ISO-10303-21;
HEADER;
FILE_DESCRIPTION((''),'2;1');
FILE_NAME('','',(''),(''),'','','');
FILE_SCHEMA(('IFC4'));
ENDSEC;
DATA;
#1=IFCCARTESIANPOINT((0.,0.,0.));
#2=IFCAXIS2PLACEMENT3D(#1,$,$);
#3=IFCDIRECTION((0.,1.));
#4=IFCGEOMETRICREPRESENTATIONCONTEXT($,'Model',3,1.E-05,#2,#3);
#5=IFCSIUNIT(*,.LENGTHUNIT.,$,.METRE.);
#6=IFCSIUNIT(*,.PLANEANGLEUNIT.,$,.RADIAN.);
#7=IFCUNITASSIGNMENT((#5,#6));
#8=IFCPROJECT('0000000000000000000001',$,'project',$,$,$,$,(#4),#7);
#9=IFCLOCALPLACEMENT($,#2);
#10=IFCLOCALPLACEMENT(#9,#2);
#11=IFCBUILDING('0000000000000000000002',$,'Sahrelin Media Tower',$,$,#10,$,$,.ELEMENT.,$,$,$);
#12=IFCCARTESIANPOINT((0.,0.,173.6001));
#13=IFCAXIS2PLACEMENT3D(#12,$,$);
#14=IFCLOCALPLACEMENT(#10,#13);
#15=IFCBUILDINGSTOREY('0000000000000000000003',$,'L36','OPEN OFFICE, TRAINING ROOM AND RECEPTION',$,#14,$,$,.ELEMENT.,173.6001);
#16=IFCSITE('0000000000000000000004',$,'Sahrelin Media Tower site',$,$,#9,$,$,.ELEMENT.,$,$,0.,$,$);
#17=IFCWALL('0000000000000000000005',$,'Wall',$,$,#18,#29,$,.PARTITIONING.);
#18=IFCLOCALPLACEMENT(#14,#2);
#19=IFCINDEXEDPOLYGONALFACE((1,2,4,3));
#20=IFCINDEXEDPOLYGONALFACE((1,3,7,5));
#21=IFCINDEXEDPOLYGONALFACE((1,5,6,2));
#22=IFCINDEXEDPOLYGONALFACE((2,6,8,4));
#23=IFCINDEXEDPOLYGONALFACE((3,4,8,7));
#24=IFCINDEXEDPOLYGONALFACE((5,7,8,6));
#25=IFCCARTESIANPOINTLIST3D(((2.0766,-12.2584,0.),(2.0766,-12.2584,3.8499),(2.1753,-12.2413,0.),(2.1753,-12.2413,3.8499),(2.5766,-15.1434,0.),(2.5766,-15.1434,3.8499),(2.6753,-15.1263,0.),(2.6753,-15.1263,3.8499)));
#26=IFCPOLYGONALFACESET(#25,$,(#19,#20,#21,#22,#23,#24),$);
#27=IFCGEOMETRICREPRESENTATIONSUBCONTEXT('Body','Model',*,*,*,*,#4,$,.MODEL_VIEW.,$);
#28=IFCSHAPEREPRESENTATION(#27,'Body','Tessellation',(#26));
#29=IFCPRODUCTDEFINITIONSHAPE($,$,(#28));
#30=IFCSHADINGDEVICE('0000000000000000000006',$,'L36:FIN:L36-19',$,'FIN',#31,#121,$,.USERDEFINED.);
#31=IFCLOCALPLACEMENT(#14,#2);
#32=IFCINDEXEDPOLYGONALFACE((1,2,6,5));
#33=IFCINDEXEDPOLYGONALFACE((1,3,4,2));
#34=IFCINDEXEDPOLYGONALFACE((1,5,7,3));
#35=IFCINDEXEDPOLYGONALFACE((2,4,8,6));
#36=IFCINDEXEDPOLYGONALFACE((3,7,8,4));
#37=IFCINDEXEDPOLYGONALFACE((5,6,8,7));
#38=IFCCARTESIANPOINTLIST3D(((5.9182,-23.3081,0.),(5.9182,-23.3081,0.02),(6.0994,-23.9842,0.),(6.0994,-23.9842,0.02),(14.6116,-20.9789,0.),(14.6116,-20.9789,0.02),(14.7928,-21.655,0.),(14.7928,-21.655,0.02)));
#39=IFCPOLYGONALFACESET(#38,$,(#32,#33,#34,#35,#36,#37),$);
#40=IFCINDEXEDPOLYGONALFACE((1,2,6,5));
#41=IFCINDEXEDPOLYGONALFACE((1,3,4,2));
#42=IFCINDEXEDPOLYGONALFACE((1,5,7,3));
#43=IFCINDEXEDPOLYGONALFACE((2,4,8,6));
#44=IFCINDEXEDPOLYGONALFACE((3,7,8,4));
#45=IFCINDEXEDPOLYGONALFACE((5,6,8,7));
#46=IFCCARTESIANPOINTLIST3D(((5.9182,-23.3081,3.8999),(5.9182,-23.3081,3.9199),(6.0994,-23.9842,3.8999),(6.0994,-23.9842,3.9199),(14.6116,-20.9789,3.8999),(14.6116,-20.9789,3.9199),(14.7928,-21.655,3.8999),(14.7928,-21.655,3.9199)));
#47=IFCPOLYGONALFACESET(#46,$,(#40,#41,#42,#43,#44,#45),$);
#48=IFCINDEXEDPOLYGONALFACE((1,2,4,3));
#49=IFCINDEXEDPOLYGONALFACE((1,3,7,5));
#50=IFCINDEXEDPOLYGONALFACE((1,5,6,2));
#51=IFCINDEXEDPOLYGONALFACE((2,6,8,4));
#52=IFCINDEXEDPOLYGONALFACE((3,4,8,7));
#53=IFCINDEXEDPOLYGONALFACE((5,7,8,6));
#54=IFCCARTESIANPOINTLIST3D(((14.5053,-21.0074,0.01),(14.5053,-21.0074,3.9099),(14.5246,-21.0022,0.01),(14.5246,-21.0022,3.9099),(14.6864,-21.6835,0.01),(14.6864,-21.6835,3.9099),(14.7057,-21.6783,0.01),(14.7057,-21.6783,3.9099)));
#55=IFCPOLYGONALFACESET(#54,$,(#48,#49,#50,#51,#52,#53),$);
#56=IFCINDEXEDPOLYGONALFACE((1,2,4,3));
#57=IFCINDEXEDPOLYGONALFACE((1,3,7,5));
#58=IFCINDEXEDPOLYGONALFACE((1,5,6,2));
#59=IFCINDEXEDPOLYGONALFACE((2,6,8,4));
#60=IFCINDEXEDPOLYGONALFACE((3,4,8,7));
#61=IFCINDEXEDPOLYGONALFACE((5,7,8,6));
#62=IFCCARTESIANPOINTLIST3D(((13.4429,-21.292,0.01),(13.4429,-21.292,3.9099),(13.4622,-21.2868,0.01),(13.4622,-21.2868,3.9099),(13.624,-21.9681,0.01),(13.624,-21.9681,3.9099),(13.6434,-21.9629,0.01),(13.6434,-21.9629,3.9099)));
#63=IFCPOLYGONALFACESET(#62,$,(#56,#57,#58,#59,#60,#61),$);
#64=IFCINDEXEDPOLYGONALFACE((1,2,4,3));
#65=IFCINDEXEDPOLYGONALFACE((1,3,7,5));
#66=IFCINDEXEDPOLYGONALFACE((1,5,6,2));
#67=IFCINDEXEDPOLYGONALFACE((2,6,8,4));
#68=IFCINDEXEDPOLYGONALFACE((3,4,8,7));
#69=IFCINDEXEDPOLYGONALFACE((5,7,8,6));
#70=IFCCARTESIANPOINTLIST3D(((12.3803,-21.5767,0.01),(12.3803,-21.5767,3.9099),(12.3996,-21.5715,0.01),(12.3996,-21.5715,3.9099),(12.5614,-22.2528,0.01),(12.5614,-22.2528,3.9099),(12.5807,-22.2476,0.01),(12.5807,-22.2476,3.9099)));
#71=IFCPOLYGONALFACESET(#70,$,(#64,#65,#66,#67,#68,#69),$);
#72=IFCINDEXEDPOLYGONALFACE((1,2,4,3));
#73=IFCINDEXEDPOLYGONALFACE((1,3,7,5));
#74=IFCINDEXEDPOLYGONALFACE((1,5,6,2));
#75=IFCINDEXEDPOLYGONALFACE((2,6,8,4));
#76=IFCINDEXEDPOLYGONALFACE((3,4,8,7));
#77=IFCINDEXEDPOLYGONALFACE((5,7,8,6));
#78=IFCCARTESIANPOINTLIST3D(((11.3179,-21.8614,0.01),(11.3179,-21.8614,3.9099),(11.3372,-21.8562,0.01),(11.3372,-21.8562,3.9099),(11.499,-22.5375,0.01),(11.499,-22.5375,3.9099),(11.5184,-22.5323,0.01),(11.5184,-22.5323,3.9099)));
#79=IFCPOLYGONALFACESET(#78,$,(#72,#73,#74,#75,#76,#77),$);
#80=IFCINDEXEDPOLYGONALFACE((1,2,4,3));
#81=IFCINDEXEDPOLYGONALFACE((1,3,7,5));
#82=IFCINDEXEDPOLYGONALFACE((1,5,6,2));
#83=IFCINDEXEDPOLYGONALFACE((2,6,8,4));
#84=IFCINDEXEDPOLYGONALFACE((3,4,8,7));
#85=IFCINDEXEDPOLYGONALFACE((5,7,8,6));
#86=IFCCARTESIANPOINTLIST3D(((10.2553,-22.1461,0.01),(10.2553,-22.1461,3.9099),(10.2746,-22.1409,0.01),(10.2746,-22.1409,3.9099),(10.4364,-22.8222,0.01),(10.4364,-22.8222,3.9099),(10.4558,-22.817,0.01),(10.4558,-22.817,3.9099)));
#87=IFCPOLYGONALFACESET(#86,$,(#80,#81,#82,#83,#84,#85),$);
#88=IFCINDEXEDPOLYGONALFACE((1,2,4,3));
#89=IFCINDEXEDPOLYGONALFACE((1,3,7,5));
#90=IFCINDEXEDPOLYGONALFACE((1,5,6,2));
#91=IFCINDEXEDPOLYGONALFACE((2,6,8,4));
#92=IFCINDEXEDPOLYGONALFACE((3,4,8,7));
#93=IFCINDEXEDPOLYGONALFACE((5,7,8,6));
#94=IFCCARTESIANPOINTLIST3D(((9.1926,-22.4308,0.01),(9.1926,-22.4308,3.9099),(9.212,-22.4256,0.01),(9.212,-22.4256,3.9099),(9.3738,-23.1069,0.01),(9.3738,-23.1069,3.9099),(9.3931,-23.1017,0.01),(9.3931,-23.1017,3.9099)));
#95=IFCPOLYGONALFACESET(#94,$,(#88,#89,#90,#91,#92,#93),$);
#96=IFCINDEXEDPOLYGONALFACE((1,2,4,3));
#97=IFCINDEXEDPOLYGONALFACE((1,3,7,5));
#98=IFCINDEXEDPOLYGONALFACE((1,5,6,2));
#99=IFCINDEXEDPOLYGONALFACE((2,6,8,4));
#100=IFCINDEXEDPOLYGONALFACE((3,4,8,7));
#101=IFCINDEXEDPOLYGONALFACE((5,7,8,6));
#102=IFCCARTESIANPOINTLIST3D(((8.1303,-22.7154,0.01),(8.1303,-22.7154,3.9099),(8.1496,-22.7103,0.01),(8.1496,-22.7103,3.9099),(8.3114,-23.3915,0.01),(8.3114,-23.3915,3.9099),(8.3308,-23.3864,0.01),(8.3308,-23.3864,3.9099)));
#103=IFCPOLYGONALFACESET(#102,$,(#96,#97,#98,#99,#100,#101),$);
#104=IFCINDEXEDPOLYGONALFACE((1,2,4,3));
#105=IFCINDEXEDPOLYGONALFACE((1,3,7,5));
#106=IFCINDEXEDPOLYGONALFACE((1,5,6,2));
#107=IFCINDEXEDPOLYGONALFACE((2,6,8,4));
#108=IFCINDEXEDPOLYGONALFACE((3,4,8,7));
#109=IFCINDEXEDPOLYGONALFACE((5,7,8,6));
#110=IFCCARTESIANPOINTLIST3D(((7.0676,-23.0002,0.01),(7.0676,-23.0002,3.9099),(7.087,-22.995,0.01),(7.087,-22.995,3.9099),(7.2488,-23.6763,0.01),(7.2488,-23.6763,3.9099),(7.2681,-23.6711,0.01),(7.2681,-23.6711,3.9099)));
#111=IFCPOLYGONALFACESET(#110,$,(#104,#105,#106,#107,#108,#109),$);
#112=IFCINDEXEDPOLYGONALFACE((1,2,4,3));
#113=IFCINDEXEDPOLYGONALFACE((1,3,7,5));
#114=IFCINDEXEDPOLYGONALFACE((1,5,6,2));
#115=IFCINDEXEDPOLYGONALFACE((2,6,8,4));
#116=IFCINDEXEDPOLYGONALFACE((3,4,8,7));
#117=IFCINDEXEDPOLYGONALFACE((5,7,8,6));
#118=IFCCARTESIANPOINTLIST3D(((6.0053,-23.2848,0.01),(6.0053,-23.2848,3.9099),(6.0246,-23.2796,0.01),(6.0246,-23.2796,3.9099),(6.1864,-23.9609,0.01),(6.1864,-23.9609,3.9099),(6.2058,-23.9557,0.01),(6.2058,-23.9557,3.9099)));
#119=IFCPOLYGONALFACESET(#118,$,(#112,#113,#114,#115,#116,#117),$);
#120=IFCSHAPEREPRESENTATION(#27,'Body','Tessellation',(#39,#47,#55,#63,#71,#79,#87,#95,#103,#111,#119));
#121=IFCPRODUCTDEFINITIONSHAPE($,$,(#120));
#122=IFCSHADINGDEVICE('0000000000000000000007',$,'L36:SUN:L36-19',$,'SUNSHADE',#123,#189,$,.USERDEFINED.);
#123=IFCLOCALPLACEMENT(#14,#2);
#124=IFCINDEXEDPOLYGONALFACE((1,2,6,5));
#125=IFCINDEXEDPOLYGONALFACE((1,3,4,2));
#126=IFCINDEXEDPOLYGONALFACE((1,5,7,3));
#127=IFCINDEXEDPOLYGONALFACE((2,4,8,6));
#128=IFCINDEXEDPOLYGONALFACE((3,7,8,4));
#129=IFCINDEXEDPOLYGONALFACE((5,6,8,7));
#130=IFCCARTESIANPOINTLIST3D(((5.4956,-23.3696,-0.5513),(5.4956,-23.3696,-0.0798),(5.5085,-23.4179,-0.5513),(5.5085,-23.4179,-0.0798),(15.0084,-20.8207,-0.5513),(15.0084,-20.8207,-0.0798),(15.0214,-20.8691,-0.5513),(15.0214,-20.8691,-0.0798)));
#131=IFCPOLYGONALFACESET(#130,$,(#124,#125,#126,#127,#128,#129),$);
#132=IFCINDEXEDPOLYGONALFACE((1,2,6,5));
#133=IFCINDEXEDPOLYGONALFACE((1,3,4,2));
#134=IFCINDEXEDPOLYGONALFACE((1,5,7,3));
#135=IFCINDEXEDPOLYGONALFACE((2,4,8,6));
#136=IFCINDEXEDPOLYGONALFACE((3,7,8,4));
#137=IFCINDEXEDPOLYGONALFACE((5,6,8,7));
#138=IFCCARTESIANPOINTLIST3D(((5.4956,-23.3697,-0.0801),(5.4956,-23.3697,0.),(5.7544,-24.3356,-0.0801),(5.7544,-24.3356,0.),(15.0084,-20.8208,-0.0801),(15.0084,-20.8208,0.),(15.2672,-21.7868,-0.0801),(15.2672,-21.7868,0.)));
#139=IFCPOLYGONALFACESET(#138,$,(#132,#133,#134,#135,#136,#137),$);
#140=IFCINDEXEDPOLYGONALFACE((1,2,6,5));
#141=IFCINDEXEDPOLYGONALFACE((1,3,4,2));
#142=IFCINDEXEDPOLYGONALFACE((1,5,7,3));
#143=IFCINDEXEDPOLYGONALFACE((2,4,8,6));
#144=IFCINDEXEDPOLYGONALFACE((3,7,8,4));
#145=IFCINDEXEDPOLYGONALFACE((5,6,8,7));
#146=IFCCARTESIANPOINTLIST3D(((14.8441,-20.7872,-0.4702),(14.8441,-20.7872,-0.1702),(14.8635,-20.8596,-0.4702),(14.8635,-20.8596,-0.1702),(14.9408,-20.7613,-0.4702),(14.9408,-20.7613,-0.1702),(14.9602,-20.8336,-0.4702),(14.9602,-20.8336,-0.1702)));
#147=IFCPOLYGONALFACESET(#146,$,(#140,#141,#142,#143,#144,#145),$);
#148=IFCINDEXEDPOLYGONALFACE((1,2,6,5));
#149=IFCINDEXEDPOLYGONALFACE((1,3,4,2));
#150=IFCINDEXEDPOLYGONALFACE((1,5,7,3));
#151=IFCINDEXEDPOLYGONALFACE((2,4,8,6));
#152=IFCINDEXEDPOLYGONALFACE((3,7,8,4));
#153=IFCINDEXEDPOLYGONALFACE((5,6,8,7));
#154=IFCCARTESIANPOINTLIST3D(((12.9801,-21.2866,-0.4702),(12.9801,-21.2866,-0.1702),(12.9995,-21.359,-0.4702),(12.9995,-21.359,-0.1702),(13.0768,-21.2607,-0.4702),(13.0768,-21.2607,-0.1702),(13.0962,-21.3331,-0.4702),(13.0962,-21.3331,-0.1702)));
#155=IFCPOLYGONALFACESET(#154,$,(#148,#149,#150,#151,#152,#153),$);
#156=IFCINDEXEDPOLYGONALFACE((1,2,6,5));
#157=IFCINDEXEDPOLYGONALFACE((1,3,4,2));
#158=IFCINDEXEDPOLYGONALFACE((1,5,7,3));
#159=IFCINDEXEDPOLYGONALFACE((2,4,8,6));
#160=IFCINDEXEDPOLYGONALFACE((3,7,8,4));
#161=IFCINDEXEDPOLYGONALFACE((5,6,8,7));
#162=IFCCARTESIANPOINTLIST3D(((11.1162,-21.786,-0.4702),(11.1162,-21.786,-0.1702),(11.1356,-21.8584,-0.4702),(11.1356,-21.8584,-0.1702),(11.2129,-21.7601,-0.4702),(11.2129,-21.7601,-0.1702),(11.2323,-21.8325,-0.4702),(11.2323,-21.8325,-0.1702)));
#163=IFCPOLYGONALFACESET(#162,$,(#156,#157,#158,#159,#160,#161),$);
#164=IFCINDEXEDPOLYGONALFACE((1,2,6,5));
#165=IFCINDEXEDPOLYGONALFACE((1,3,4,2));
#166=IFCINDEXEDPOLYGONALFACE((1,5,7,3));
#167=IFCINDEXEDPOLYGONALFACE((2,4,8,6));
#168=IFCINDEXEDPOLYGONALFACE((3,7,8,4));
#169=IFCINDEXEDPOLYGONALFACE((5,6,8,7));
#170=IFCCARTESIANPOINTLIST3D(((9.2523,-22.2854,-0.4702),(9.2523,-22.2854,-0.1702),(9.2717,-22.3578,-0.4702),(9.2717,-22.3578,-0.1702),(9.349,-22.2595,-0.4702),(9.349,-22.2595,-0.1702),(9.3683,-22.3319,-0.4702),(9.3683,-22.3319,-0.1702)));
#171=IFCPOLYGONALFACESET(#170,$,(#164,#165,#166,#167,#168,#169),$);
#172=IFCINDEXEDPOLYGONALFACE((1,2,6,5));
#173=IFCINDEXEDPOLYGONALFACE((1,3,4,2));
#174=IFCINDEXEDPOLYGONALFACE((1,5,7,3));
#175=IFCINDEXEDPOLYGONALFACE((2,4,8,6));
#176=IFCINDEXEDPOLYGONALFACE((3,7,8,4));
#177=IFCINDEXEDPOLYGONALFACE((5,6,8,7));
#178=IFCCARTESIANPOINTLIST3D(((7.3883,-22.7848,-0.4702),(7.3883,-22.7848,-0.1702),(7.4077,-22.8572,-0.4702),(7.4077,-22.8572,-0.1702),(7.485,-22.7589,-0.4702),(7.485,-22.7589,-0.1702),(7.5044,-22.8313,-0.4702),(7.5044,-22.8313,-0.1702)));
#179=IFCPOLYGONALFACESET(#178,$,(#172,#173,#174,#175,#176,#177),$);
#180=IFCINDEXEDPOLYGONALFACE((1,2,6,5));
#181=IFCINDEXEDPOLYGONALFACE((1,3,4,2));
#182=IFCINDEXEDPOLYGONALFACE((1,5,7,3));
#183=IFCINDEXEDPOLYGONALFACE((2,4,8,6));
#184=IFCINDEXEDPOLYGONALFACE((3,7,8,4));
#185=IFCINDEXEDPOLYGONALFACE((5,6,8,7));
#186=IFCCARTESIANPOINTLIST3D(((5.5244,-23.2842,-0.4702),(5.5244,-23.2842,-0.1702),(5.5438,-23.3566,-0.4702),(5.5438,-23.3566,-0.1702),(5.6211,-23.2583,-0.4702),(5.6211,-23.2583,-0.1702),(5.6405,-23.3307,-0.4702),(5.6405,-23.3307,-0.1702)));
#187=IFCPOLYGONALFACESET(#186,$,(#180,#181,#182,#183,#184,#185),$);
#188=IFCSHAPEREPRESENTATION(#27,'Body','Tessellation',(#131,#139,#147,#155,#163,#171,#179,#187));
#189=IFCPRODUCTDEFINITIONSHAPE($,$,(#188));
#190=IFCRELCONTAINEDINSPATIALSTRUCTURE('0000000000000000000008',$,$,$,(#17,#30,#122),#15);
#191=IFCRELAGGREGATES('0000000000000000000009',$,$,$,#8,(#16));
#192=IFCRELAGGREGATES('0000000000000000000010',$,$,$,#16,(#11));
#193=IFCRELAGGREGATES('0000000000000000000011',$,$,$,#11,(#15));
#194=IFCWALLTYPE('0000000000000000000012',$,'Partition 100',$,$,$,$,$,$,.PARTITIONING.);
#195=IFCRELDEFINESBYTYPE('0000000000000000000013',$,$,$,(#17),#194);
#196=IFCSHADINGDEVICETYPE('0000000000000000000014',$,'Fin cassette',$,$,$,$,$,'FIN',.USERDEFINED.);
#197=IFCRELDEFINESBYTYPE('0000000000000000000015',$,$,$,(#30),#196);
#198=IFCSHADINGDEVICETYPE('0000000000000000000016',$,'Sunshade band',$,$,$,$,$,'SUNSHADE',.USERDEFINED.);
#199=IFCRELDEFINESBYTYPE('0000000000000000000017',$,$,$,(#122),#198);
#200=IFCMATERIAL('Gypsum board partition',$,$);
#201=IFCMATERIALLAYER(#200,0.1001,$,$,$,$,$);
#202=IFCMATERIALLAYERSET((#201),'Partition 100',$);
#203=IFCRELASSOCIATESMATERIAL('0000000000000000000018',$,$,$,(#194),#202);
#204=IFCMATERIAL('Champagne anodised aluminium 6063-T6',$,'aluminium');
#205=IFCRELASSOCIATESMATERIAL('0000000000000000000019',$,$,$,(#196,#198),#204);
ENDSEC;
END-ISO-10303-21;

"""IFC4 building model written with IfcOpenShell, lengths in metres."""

from ifc_helpers import new_model, si_unit, direction, frame, frame_2d, origin, origin_2d, place, context, subcontext, project, spatial, rectangle, extrude, material, layer, layer_set, type_object, element, save


model = new_model("IFC4")

# Units and contexts
model_context = context("Model", 3, precision=1e-05, world=origin(), true_north=direction((0.0, 1.0)))
body_context = subcontext(model_context, "Body", "Model", "MODEL_VIEW")
ifc_project = project(units=[si_unit("LENGTHUNIT", "METRE"), si_unit("PLANEANGLEUNIT", "RADIAN")], contexts=[model_context])

# Site, building, storey
site_placement = place(None, origin())
site = spatial("IfcSite", under=ifc_project, at=site_placement, Name="Sahrelin Media Tower site", CompositionType="ELEMENT", RefElevation=0.0)
building_placement = place(site_placement, origin())
building = spatial("IfcBuilding", under=site, at=building_placement, Name="Sahrelin Media Tower", CompositionType="ELEMENT")
storey_placement = place(building_placement, frame((0.0, 0.0, 173.6001)))
storey = spatial("IfcBuildingStorey", under=building, at=storey_placement, Name="L36", Description="OPEN OFFICE, TRAINING ROOM AND RECEPTION", CompositionType="ELEMENT", Elevation=173.6001)

# Shared definitions
ifc_material_1 = material(Name="Champagne anodised aluminium 6063-T6", Category="aluminium")

# Wall
ifc_material_2 = material(Name="Gypsum board partition")
ifc_layer_1 = layer(ifc_material_2, 0.1001)
ifc_layer_set_1 = layer_set([ifc_layer_1], Name="Partition 100")
wall_type_1 = type_object("IfcWallType", Name="Partition 100", PredefinedType="PARTITIONING", material=ifc_layer_set_1)
wall_1_placement = place(storey_placement, frame((2.126, -12.25, 0.0), z_axis=(0.0, 0.0, 1.0), x_axis=(0.170764, -0.985312, 0.0)))
element("IfcWall", 1, at=wall_1_placement, inside=storey, type_object=wall_type_1, Name="Wall", PredefinedType="PARTITIONING", context=body_context, shape_type="SweptSolid", body=[
    extrude(rectangle(XDim=2.928, YDim=0.1001, at=frame_2d((1.4639, 0.0))), origin(), (0.0, 0.0, 1.0), 3.8499),
])

# Shading devices
shading_device_type_1 = type_object("IfcShadingDeviceType", Name="Fin cassette", ElementType="FIN", PredefinedType="USERDEFINED", material=ifc_material_1)
placement = place(storey_placement, frame((10.2468, -22.0759, 0.0), z_axis=(0.0, 0.0, 1.0), x_axis=(-0.965929, -0.258808, 0.0)))
element("IfcShadingDevice", 2, at=placement, inside=storey, type_object=shading_device_type_1, Name="L36:FIN:L36-19", ObjectType="FIN", PredefinedType="USERDEFINED", context=body_context, shape_type="SweptSolid", body=[
    extrude(rectangle(XDim=9.0, YDim=0.7, at=origin_2d()), frame((0.0, 0.4199, 0.0)), (0.0, 0.0, 1.0), 0.02),
    extrude(rectangle(XDim=9.0, YDim=0.7, at=origin_2d()), frame((0.0, 0.4199, 3.8999)), (0.0, 0.0, 1.0), 0.02),
    extrude(rectangle(XDim=0.02, YDim=0.7, at=origin_2d()), frame((-4.3999, 0.4199, 0.01), z_axis=(0.0, 0.0, 1.0), x_axis=(1.0, 0.0, 0.0)), (0.0, 0.0, 1.0), 3.8999),
    extrude(rectangle(XDim=0.02, YDim=0.7, at=origin_2d()), frame((-3.3, 0.4199, 0.01), z_axis=(0.0, 0.0, 1.0), x_axis=(1.0, 0.0, 0.0)), (0.0, 0.0, 1.0), 3.8999),
    extrude(rectangle(XDim=0.02, YDim=0.7, at=origin_2d()), frame((-2.2, 0.4199, 0.01), z_axis=(0.0, 0.0, 1.0), x_axis=(1.0, 0.0, 0.0)), (0.0, 0.0, 1.0), 3.8999),
    extrude(rectangle(XDim=0.02, YDim=0.7, at=origin_2d()), frame((-1.1001, 0.4199, 0.01), z_axis=(0.0, 0.0, 1.0), x_axis=(1.0, 0.0, 0.0)), (0.0, 0.0, 1.0), 3.8999),
    extrude(rectangle(XDim=0.02, YDim=0.7, at=origin_2d()), frame((0.0, 0.4199, 0.01), z_axis=(0.0, 0.0, 1.0), x_axis=(1.0, 0.0, 0.0)), (0.0, 0.0, 1.0), 3.8999),
    extrude(rectangle(XDim=0.02, YDim=0.7, at=origin_2d()), frame((1.1001, 0.4199, 0.01), z_axis=(0.0, 0.0, 1.0), x_axis=(1.0, 0.0, 0.0)), (0.0, 0.0, 1.0), 3.8999),
    extrude(rectangle(XDim=0.02, YDim=0.7, at=origin_2d()), frame((2.2, 0.4199, 0.01), z_axis=(0.0, 0.0, 1.0), x_axis=(1.0, 0.0, 0.0)), (0.0, 0.0, 1.0), 3.8999),
    extrude(rectangle(XDim=0.02, YDim=0.7, at=origin_2d()), frame((3.3, 0.4199, 0.01), z_axis=(0.0, 0.0, 1.0), x_axis=(1.0, 0.0, 0.0)), (0.0, 0.0, 1.0), 3.8999),
    extrude(rectangle(XDim=0.02, YDim=0.7, at=origin_2d()), frame((4.3999, 0.4199, 0.01), z_axis=(0.0, 0.0, 1.0), x_axis=(1.0, 0.0, 0.0)), (0.0, 0.0, 1.0), 3.8999),
])
shading_device_type_2 = type_object("IfcShadingDeviceType", Name="Sunshade band", ElementType="SUNSHADE", PredefinedType="USERDEFINED", material=ifc_material_1)
element("IfcShadingDevice", 3, at=placement, inside=storey, type_object=shading_device_type_2, Name="L36:SUN:L36-19", ObjectType="SUNSHADE", PredefinedType="USERDEFINED", context=body_context, shape_type="SweptSolid", body=[
    extrude(rectangle(XDim=9.8484, YDim=0.05, at=origin_2d()), frame((0.0, 0.0449, -0.5513)), (0.0, 0.0, 1.0), 0.4714),
    extrude(rectangle(XDim=9.8484, YDim=1.0, at=origin_2d()), frame((0.0, 0.52, -0.0801)), (0.0, 0.0, 1.0), 0.0801),
    extrude(rectangle(XDim=0.1001, YDim=0.075, at=origin_2d()), frame((-4.8242, -0.0176, -0.4702)), (0.0, 0.0, 1.0), 0.3),
    extrude(rectangle(XDim=0.1001, YDim=0.075, at=origin_2d()), frame((-2.8945, -0.0176, -0.4702)), (0.0, 0.0, 1.0), 0.3),
    extrude(rectangle(XDim=0.1001, YDim=0.075, at=origin_2d()), frame((-0.9648, -0.0176, -0.4702)), (0.0, 0.0, 1.0), 0.3),
    extrude(rectangle(XDim=0.1001, YDim=0.075, at=origin_2d()), frame((0.9648, -0.0176, -0.4702)), (0.0, 0.0, 1.0), 0.3),
    extrude(rectangle(XDim=0.1001, YDim=0.075, at=origin_2d()), frame((2.8945, -0.0176, -0.4702)), (0.0, 0.0, 1.0), 0.3),
    extrude(rectangle(XDim=0.1001, YDim=0.075, at=origin_2d()), frame((4.8242, -0.0176, -0.4702)), (0.0, 0.0, 1.0), 0.3),
])

save(model, "model.ifc")
